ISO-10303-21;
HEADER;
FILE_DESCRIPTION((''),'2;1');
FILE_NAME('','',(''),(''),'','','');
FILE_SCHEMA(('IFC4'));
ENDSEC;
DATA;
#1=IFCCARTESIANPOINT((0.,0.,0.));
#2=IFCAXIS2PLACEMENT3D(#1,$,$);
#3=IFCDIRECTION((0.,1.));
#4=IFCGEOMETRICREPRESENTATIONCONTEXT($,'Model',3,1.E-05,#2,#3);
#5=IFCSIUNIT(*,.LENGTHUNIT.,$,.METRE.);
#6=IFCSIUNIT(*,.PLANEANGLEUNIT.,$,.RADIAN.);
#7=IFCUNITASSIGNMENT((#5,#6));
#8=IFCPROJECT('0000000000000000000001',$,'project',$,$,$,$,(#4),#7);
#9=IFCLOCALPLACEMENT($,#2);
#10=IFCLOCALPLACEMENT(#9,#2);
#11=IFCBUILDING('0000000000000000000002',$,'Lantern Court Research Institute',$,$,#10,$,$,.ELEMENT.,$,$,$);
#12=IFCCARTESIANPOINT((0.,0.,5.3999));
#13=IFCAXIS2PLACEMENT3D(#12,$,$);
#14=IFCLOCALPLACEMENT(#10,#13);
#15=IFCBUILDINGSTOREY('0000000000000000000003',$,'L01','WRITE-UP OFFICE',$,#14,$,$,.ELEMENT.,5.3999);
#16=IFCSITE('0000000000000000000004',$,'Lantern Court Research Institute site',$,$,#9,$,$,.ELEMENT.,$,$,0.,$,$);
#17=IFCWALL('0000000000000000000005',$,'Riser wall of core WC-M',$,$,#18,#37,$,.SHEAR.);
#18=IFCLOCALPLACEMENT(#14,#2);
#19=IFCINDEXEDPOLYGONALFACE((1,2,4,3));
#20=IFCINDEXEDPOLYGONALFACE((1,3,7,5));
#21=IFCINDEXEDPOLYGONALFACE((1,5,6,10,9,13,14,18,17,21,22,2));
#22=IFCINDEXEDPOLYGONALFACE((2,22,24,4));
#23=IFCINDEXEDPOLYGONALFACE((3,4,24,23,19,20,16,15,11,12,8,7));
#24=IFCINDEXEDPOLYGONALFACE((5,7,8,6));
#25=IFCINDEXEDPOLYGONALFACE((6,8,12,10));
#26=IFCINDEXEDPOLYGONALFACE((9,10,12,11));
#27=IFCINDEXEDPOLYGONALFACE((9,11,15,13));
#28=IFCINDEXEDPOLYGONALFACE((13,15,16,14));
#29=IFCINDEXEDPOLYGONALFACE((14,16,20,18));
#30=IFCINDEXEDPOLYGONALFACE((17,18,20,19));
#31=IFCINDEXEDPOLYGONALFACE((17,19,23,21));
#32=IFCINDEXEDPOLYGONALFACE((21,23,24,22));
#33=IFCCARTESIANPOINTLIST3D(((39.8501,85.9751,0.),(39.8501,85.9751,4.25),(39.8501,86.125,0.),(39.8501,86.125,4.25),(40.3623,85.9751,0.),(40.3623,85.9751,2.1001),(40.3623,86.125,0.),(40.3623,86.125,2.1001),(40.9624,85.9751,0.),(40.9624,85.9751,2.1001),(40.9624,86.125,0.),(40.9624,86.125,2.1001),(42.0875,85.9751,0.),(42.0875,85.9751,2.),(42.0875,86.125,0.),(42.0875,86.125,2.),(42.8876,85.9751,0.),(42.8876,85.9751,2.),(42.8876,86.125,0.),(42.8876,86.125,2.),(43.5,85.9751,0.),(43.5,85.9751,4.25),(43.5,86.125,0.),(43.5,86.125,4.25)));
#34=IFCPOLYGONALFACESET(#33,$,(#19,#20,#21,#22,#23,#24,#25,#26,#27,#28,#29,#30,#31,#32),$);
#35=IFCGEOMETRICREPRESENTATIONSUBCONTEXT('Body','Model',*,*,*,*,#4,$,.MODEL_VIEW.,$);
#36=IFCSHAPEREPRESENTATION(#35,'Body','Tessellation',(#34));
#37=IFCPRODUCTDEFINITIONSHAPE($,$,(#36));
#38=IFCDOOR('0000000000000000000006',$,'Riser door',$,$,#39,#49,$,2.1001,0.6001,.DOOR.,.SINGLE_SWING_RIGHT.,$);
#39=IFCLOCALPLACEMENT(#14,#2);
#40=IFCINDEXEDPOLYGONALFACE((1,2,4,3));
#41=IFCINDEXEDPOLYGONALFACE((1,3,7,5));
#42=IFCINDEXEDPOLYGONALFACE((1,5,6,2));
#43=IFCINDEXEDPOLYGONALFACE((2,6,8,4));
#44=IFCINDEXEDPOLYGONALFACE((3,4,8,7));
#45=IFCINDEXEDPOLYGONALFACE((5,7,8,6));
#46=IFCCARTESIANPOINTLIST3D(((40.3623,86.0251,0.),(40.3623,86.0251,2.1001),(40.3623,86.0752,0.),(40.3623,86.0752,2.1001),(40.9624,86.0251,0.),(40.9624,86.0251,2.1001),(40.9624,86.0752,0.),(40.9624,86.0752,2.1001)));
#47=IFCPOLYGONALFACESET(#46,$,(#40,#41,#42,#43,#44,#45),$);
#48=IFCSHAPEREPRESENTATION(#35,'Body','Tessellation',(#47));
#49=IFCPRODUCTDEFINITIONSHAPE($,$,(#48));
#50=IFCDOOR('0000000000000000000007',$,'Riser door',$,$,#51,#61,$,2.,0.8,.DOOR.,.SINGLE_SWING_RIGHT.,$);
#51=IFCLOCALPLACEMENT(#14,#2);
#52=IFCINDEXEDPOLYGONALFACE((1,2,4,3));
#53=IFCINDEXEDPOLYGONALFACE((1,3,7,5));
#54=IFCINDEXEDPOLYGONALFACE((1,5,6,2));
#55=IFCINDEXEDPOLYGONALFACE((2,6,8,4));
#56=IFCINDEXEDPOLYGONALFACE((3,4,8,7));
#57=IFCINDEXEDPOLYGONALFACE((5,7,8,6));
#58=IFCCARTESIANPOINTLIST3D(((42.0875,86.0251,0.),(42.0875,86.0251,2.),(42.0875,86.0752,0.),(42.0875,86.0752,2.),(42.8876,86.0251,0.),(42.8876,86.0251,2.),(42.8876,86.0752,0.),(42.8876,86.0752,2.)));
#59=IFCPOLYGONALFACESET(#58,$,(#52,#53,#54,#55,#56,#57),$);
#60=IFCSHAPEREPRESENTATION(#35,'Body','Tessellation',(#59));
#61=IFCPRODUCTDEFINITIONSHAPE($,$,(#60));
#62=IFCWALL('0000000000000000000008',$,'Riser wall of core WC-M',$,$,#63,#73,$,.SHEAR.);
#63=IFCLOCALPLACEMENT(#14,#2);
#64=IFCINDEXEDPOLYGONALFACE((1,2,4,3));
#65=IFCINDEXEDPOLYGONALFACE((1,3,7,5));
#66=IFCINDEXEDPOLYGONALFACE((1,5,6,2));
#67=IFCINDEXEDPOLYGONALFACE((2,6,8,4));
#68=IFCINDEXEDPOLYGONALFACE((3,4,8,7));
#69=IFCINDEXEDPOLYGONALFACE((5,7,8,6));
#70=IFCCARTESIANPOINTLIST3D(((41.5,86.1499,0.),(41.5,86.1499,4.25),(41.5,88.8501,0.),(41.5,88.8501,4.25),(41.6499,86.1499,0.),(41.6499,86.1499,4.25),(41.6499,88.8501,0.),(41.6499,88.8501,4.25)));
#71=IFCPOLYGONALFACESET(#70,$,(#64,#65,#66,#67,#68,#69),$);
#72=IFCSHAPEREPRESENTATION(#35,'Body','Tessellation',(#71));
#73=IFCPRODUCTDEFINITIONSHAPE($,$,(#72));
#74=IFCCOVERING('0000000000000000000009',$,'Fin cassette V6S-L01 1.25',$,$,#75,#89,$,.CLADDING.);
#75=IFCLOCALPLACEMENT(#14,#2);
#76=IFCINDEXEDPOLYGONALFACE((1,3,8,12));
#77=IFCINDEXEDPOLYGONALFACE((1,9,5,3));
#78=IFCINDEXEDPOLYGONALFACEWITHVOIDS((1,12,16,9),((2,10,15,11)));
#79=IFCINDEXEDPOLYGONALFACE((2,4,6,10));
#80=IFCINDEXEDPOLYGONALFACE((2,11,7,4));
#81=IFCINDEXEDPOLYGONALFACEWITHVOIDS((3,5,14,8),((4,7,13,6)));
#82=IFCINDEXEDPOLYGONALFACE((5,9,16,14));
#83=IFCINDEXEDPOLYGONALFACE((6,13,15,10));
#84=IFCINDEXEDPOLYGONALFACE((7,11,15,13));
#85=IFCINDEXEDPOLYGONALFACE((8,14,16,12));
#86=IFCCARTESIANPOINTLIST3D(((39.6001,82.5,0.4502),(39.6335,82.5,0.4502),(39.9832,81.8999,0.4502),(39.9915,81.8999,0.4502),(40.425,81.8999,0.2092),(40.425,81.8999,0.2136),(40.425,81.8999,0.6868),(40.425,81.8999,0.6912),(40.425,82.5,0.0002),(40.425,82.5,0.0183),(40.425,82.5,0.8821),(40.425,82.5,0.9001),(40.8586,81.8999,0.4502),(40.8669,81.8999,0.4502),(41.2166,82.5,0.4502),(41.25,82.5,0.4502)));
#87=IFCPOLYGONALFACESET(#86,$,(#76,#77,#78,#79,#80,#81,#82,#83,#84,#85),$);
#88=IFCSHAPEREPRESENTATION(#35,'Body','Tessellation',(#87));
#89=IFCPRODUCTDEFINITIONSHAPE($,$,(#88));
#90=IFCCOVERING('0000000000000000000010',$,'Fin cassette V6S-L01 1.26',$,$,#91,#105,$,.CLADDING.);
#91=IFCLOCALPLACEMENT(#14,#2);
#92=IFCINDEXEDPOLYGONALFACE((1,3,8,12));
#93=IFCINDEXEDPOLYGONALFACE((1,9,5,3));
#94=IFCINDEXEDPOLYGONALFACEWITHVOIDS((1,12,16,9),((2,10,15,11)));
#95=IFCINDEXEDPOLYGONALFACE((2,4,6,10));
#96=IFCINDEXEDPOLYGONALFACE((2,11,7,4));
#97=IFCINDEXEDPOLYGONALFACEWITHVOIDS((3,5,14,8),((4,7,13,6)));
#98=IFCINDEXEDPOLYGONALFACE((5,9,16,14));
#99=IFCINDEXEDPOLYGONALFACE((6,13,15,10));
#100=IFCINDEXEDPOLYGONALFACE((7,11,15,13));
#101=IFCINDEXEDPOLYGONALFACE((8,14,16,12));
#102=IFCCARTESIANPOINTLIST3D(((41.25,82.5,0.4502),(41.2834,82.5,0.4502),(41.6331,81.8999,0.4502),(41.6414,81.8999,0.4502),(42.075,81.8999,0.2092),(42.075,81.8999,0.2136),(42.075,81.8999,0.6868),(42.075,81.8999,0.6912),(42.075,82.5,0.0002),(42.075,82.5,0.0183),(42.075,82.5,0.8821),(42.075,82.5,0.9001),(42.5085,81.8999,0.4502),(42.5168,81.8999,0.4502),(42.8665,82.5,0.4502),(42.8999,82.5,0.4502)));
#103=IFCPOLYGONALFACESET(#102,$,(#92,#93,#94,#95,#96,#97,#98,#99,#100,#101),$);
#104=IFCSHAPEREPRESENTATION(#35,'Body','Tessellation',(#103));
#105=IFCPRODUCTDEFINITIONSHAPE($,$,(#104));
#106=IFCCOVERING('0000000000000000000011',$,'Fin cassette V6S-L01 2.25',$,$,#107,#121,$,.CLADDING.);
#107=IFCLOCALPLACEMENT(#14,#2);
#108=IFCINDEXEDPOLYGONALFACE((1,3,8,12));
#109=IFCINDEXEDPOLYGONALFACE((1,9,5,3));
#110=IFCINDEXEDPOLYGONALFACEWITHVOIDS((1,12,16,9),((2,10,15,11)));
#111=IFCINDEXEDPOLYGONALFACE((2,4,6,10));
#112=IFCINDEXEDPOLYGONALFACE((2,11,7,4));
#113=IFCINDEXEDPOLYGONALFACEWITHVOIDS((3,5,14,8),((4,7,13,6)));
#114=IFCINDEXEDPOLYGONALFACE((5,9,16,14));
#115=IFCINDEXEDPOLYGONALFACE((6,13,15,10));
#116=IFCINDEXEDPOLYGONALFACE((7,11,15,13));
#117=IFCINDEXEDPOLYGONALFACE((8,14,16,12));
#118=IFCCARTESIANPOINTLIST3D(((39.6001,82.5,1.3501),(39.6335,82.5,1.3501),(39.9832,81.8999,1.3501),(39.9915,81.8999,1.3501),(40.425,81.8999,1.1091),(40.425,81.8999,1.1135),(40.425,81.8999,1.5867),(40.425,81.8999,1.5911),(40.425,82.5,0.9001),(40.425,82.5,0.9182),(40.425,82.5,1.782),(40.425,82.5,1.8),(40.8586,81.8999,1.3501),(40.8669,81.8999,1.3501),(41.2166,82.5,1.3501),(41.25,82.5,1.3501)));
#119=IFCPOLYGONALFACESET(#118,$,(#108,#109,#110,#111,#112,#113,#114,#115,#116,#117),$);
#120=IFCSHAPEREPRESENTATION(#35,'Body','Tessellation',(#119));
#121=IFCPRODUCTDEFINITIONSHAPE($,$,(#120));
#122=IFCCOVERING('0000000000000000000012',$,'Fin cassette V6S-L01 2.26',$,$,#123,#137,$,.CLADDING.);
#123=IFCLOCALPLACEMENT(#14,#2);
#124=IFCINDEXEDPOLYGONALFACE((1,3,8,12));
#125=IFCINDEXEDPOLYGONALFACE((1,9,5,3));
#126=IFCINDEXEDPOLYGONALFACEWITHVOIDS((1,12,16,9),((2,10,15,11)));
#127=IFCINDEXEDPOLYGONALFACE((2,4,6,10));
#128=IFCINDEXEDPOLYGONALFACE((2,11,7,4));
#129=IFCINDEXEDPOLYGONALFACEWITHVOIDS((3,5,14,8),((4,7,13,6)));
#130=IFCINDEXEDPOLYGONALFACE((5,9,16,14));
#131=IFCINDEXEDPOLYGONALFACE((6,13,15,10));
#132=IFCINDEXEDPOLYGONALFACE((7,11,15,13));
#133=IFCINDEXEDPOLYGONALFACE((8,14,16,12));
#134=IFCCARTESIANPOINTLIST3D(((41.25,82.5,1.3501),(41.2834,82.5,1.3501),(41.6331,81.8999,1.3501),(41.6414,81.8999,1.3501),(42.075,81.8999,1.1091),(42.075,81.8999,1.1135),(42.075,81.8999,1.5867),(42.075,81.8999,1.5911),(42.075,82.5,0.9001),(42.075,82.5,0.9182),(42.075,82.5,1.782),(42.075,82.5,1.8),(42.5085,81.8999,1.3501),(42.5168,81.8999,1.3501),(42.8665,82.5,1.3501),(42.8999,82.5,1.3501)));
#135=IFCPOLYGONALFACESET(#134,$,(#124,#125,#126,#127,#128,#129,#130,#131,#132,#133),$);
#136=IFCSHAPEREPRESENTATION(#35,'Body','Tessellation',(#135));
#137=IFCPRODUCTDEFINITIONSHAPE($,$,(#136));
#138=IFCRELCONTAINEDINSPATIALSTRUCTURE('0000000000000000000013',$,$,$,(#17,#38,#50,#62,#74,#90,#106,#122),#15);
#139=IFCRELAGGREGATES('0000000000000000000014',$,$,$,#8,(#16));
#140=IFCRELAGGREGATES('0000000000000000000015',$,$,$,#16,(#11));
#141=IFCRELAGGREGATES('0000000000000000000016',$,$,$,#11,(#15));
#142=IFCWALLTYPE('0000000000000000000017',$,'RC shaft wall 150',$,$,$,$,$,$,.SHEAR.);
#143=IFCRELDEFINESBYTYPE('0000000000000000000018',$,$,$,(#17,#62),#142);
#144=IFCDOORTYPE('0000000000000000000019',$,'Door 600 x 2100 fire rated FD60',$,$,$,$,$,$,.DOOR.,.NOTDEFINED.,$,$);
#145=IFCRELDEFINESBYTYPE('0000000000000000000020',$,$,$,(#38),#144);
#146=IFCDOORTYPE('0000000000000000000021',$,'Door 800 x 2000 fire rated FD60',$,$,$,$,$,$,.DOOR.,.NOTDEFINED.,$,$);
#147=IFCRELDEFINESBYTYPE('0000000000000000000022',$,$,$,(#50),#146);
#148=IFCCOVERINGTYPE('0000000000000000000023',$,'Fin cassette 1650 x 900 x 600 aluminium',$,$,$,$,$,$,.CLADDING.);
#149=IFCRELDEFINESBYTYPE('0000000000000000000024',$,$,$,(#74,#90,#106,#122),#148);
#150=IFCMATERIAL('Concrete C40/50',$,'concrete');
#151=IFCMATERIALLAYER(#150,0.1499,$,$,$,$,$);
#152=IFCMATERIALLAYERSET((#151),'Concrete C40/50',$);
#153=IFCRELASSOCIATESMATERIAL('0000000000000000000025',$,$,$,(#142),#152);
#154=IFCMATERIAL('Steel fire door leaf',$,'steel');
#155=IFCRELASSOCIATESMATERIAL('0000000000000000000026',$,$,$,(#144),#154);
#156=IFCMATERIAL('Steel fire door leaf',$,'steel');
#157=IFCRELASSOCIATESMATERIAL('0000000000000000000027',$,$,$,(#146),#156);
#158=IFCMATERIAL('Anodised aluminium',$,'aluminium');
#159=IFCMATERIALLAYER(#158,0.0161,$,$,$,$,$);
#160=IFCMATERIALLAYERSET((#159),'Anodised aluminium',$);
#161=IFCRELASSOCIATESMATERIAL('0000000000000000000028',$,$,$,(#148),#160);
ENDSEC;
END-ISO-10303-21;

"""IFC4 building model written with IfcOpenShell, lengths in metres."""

from ifc_helpers import new_model, entity, si_unit, direction, frame, frame_2d, origin, place, context, subcontext, project, spatial, rectangle, extrude, material, layer, layer_set, type_object, element, fill, save


model = new_model("IFC4")

# Units and contexts
model_context = context("Model", 3, precision=1e-05, world=origin(), true_north=direction((0.0, 1.0)))
body_context = subcontext(model_context, "Body", "Model", "MODEL_VIEW")
ifc_project = project(units=[si_unit("LENGTHUNIT", "METRE"), si_unit("PLANEANGLEUNIT", "RADIAN")], contexts=[model_context])

# Site, building, storey
site_placement = place(None, origin())
site = spatial("IfcSite", under=ifc_project, at=site_placement, Name="Lantern Court Research Institute site", CompositionType="ELEMENT", RefElevation=0.0)
building_placement = place(site_placement, origin())
building = spatial("IfcBuilding", under=site, at=building_placement, Name="Lantern Court Research Institute", CompositionType="ELEMENT")
storey_placement = place(building_placement, frame((0.0, 0.0, 5.3999)))
storey = spatial("IfcBuildingStorey", under=building, at=storey_placement, Name="L01", Description="WRITE-UP OFFICE", CompositionType="ELEMENT", Elevation=5.3999)

# Shared definitions
ifc_material_1 = material(Name="Concrete C40/50", Category="concrete")
ifc_layer_1 = layer(ifc_material_1, 0.1499)
ifc_layer_set_1 = layer_set([ifc_layer_1], Name="Concrete C40/50")
wall_type_1 = type_object("IfcWallType", Name="RC shaft wall 150", PredefinedType="SHEAR", material=ifc_layer_set_1)

# Wall, openings, doors
wall_1_placement = place(storey_placement, frame((43.5, 86.05, 0.0), z_axis=(0.0, 0.0, 1.0), x_axis=(-1.0, 0.0, 0.0)))
wall_1 = element("IfcWall", 1, at=wall_1_placement, inside=storey, type_object=wall_type_1, Name="Riser wall of core WC-M", PredefinedType="SHEAR", context=body_context, shape_type="SweptSolid", body=[
    extrude(rectangle(XDim=3.6499, YDim=0.1499, at=frame_2d((1.825, 0.0))), origin(), (0.0, 0.0, 1.0), 4.25),
])
opening_1_placement = place(wall_1_placement, frame((0.6125, 0.0, 0.0)))
opening_1 = element("IfcOpeningElement", 2, at=opening_1_placement, cuts=wall_1, PredefinedType="OPENING", context=body_context, shape_type="SweptSolid", body=[
    extrude(rectangle(XDim=0.8, YDim=2.0, at=frame_2d((0.3999, 1.0))), frame((0.0, 0.085, 0.0), z_axis=(0.0, -1.0, 0.0), x_axis=(1.0, 0.0, 0.0)), (0.0, 0.0, 1.0), 0.1699),
])
opening_2_placement = place(wall_1_placement, frame((2.5376, 0.0, 0.0)))
opening_2 = element("IfcOpeningElement", 3, at=opening_2_placement, cuts=wall_1, PredefinedType="OPENING", context=body_context, shape_type="SweptSolid", body=[
    extrude(rectangle(XDim=0.6001, YDim=2.1001, at=frame_2d((0.3, 1.05))), frame((0.0, 0.085, 0.0), z_axis=(0.0, -1.0, 0.0), x_axis=(1.0, 0.0, 0.0)), (0.0, 0.0, 1.0), 0.1699),
])
ifc_material_2 = material(Name="Steel fire door leaf", Category="steel")
door_type_1 = type_object("IfcDoorType", Name="Door 600 x 2100 fire rated FD60", OperationType="NOTDEFINED", PredefinedType="DOOR", material=ifc_material_2)
door_1_placement = place(opening_2_placement, origin())
door_1 = element("IfcDoor", 4, at=door_1_placement, inside=storey, type_object=door_type_1, Name="Riser door", OperationType="SINGLE_SWING_RIGHT", OverallHeight=2.1001, OverallWidth=0.6001, PredefinedType="DOOR", context=body_context, shape_type="SweptSolid", body=[
    extrude(rectangle(XDim=0.6001, YDim=2.1001, at=frame_2d((0.3, 1.05))), frame((0.0, 0.0249, 0.0), z_axis=(0.0, -1.0, 0.0), x_axis=(1.0, 0.0, 0.0)), (0.0, 0.0, 1.0), 0.05),
])
fill(opening_2, door_1)
ifc_material_3 = material(Name="Steel fire door leaf", Category="steel")
door_type_2 = type_object("IfcDoorType", Name="Door 800 x 2000 fire rated FD60", OperationType="NOTDEFINED", PredefinedType="DOOR", material=ifc_material_3)
door_2_placement = place(opening_1_placement, origin())
door_2 = element("IfcDoor", 5, at=door_2_placement, inside=storey, type_object=door_type_2, Name="Riser door", OperationType="SINGLE_SWING_RIGHT", OverallHeight=2.0, OverallWidth=0.8, PredefinedType="DOOR", context=body_context, shape_type="SweptSolid", body=[
    extrude(rectangle(XDim=0.8, YDim=2.0, at=frame_2d((0.3999, 1.0))), frame((0.0, 0.0249, 0.0), z_axis=(0.0, -1.0, 0.0), x_axis=(1.0, 0.0, 0.0)), (0.0, 0.0, 1.0), 0.05),
])
fill(opening_1, door_2)

# Wall
wall_2_placement = place(storey_placement, frame((41.575, 88.8501, 0.0), z_axis=(0.0, 0.0, 1.0), x_axis=(0.0, -1.0, 0.0)))
element("IfcWall", 6, at=wall_2_placement, inside=storey, type_object=wall_type_1, Name="Riser wall of core WC-M", PredefinedType="SHEAR", context=body_context, shape_type="SweptSolid", body=[
    extrude(rectangle(XDim=2.7002, YDim=0.1499, at=frame_2d((1.3501, 0.0))), origin(), (0.0, 0.0, 1.0), 4.25),
])

# Coverings
ifc_material_4 = material(Name="Anodised aluminium", Category="aluminium")
ifc_layer_2 = layer(ifc_material_4, 0.0161)
ifc_layer_set_2 = layer_set([ifc_layer_2], Name="Anodised aluminium")
covering_type = type_object("IfcCoveringType", Name="Fin cassette 1650 x 900 x 600 aluminium", PredefinedType="CLADDING", material=ifc_layer_set_2)
covering_1_placement = place(storey_placement, frame((40.425, 82.5, 0.4502), z_axis=(0.0, -1.0, 0.0), x_axis=(1.0, 0.0, 0.0)))
cartesian_point_1 = entity("IfcCartesianPoint", [0.825, 0.0])
cartesian_point_2 = entity("IfcCartesianPoint", [0.7915, 0.0])
cartesian_point_3 = entity("IfcCartesianPoint", [0.4419, 0.0])
cartesian_point_4 = entity("IfcCartesianPoint", [0.4336, 0.0])
element("IfcCovering", 7, at=covering_1_placement, inside=storey, type_object=covering_type, Name="Fin cassette V6S-L01 1.25", PredefinedType="CLADDING", context=body_context, shape_type="SweptSolid", body=[
    entity("IfcExtrudedAreaSolidTapered", entity("IfcArbitraryProfileDefWithVoids", "AREA", None, entity("IfcPolyline", [cartesian_point_1, entity("IfcCartesianPoint", [0.0, 0.45]), entity("IfcCartesianPoint", [-0.825, 0.0]), entity("IfcCartesianPoint", [0.0, -0.45]), cartesian_point_1]), [entity("IfcPolyline", [cartesian_point_2, entity("IfcCartesianPoint", [0.0, 0.4319]), entity("IfcCartesianPoint", [-0.7915, 0.0]), entity("IfcCartesianPoint", [0.0, -0.4319]), cartesian_point_2])]), entity("IfcAxis2Placement3D", entity("IfcCartesianPoint", [0.0, 0.0, 0.0])), entity("IfcDirection", [0.0, 0.0, 1.0]), 0.6001, entity("IfcArbitraryProfileDefWithVoids", "AREA", None, entity("IfcPolyline", [cartesian_point_3, entity("IfcCartesianPoint", [0.0, 0.241]), entity("IfcCartesianPoint", [-0.4419, 0.0]), entity("IfcCartesianPoint", [0.0, -0.241]), cartesian_point_3]), [entity("IfcPolyline", [cartesian_point_4, entity("IfcCartesianPoint", [0.0, 0.2366]), entity("IfcCartesianPoint", [-0.4336, 0.0]), entity("IfcCartesianPoint", [0.0, -0.2366]), cartesian_point_4])])),
])
covering_2_placement = place(storey_placement, frame((42.075, 82.5, 0.4502), z_axis=(0.0, -1.0, 0.0), x_axis=(1.0, 0.0, 0.0)))
cartesian_point_5 = entity("IfcCartesianPoint", [0.825, 0.0])
cartesian_point_6 = entity("IfcCartesianPoint", [0.7915, 0.0])
cartesian_point_7 = entity("IfcCartesianPoint", [0.4419, 0.0])
cartesian_point_8 = entity("IfcCartesianPoint", [0.4336, 0.0])
element("IfcCovering", 8, at=covering_2_placement, inside=storey, type_object=covering_type, Name="Fin cassette V6S-L01 1.26", PredefinedType="CLADDING", context=body_context, shape_type="SweptSolid", body=[
    entity("IfcExtrudedAreaSolidTapered", entity("IfcArbitraryProfileDefWithVoids", "AREA", None, entity("IfcPolyline", [cartesian_point_5, entity("IfcCartesianPoint", [0.0, 0.45]), entity("IfcCartesianPoint", [-0.825, 0.0]), entity("IfcCartesianPoint", [0.0, -0.45]), cartesian_point_5]), [entity("IfcPolyline", [cartesian_point_6, entity("IfcCartesianPoint", [0.0, 0.4319]), entity("IfcCartesianPoint", [-0.7915, 0.0]), entity("IfcCartesianPoint", [0.0, -0.4319]), cartesian_point_6])]), entity("IfcAxis2Placement3D", entity("IfcCartesianPoint", [0.0, 0.0, 0.0])), entity("IfcDirection", [0.0, 0.0, 1.0]), 0.6001, entity("IfcArbitraryProfileDefWithVoids", "AREA", None, entity("IfcPolyline", [cartesian_point_7, entity("IfcCartesianPoint", [0.0, 0.241]), entity("IfcCartesianPoint", [-0.4419, 0.0]), entity("IfcCartesianPoint", [0.0, -0.241]), cartesian_point_7]), [entity("IfcPolyline", [cartesian_point_8, entity("IfcCartesianPoint", [0.0, 0.2366]), entity("IfcCartesianPoint", [-0.4336, 0.0]), entity("IfcCartesianPoint", [0.0, -0.2366]), cartesian_point_8])])),
])
covering_3_placement = place(storey_placement, frame((40.425, 82.5, 1.3501), z_axis=(0.0, -1.0, 0.0), x_axis=(1.0, 0.0, 0.0)))
cartesian_point_9 = entity("IfcCartesianPoint", [0.825, 0.0])
cartesian_point_10 = entity("IfcCartesianPoint", [0.7915, 0.0])
cartesian_point_11 = entity("IfcCartesianPoint", [0.4419, 0.0])
cartesian_point_12 = entity("IfcCartesianPoint", [0.4336, 0.0])
element("IfcCovering", 9, at=covering_3_placement, inside=storey, type_object=covering_type, Name="Fin cassette V6S-L01 2.25", PredefinedType="CLADDING", context=body_context, shape_type="SweptSolid", body=[
    entity("IfcExtrudedAreaSolidTapered", entity("IfcArbitraryProfileDefWithVoids", "AREA", None, entity("IfcPolyline", [cartesian_point_9, entity("IfcCartesianPoint", [0.0, 0.45]), entity("IfcCartesianPoint", [-0.825, 0.0]), entity("IfcCartesianPoint", [0.0, -0.45]), cartesian_point_9]), [entity("IfcPolyline", [cartesian_point_10, entity("IfcCartesianPoint", [0.0, 0.4319]), entity("IfcCartesianPoint", [-0.7915, 0.0]), entity("IfcCartesianPoint", [0.0, -0.4319]), cartesian_point_10])]), entity("IfcAxis2Placement3D", entity("IfcCartesianPoint", [0.0, 0.0, 0.0])), entity("IfcDirection", [0.0, 0.0, 1.0]), 0.6001, entity("IfcArbitraryProfileDefWithVoids", "AREA", None, entity("IfcPolyline", [cartesian_point_11, entity("IfcCartesianPoint", [0.0, 0.241]), entity("IfcCartesianPoint", [-0.4419, 0.0]), entity("IfcCartesianPoint", [0.0, -0.241]), cartesian_point_11]), [entity("IfcPolyline", [cartesian_point_12, entity("IfcCartesianPoint", [0.0, 0.2366]), entity("IfcCartesianPoint", [-0.4336, 0.0]), entity("IfcCartesianPoint", [0.0, -0.2366]), cartesian_point_12])])),
])
covering_4_placement = place(storey_placement, frame((42.075, 82.5, 1.3501), z_axis=(0.0, -1.0, 0.0), x_axis=(1.0, 0.0, 0.0)))
cartesian_point_13 = entity("IfcCartesianPoint", [0.825, 0.0])
cartesian_point_14 = entity("IfcCartesianPoint", [0.7915, 0.0])
cartesian_point_15 = entity("IfcCartesianPoint", [0.4419, 0.0])
cartesian_point_16 = entity("IfcCartesianPoint", [0.4336, 0.0])
element("IfcCovering", 10, at=covering_4_placement, inside=storey, type_object=covering_type, Name="Fin cassette V6S-L01 2.26", PredefinedType="CLADDING", context=body_context, shape_type="SweptSolid", body=[
    entity("IfcExtrudedAreaSolidTapered", entity("IfcArbitraryProfileDefWithVoids", "AREA", None, entity("IfcPolyline", [cartesian_point_13, entity("IfcCartesianPoint", [0.0, 0.45]), entity("IfcCartesianPoint", [-0.825, 0.0]), entity("IfcCartesianPoint", [0.0, -0.45]), cartesian_point_13]), [entity("IfcPolyline", [cartesian_point_14, entity("IfcCartesianPoint", [0.0, 0.4319]), entity("IfcCartesianPoint", [-0.7915, 0.0]), entity("IfcCartesianPoint", [0.0, -0.4319]), cartesian_point_14])]), entity("IfcAxis2Placement3D", entity("IfcCartesianPoint", [0.0, 0.0, 0.0])), entity("IfcDirection", [0.0, 0.0, 1.0]), 0.6001, entity("IfcArbitraryProfileDefWithVoids", "AREA", None, entity("IfcPolyline", [cartesian_point_15, entity("IfcCartesianPoint", [0.0, 0.241]), entity("IfcCartesianPoint", [-0.4419, 0.0]), entity("IfcCartesianPoint", [0.0, -0.241]), cartesian_point_15]), [entity("IfcPolyline", [cartesian_point_16, entity("IfcCartesianPoint", [0.0, 0.2366]), entity("IfcCartesianPoint", [-0.4336, 0.0]), entity("IfcCartesianPoint", [0.0, -0.2366]), cartesian_point_16])])),
])

save(model, "model.ifc")
